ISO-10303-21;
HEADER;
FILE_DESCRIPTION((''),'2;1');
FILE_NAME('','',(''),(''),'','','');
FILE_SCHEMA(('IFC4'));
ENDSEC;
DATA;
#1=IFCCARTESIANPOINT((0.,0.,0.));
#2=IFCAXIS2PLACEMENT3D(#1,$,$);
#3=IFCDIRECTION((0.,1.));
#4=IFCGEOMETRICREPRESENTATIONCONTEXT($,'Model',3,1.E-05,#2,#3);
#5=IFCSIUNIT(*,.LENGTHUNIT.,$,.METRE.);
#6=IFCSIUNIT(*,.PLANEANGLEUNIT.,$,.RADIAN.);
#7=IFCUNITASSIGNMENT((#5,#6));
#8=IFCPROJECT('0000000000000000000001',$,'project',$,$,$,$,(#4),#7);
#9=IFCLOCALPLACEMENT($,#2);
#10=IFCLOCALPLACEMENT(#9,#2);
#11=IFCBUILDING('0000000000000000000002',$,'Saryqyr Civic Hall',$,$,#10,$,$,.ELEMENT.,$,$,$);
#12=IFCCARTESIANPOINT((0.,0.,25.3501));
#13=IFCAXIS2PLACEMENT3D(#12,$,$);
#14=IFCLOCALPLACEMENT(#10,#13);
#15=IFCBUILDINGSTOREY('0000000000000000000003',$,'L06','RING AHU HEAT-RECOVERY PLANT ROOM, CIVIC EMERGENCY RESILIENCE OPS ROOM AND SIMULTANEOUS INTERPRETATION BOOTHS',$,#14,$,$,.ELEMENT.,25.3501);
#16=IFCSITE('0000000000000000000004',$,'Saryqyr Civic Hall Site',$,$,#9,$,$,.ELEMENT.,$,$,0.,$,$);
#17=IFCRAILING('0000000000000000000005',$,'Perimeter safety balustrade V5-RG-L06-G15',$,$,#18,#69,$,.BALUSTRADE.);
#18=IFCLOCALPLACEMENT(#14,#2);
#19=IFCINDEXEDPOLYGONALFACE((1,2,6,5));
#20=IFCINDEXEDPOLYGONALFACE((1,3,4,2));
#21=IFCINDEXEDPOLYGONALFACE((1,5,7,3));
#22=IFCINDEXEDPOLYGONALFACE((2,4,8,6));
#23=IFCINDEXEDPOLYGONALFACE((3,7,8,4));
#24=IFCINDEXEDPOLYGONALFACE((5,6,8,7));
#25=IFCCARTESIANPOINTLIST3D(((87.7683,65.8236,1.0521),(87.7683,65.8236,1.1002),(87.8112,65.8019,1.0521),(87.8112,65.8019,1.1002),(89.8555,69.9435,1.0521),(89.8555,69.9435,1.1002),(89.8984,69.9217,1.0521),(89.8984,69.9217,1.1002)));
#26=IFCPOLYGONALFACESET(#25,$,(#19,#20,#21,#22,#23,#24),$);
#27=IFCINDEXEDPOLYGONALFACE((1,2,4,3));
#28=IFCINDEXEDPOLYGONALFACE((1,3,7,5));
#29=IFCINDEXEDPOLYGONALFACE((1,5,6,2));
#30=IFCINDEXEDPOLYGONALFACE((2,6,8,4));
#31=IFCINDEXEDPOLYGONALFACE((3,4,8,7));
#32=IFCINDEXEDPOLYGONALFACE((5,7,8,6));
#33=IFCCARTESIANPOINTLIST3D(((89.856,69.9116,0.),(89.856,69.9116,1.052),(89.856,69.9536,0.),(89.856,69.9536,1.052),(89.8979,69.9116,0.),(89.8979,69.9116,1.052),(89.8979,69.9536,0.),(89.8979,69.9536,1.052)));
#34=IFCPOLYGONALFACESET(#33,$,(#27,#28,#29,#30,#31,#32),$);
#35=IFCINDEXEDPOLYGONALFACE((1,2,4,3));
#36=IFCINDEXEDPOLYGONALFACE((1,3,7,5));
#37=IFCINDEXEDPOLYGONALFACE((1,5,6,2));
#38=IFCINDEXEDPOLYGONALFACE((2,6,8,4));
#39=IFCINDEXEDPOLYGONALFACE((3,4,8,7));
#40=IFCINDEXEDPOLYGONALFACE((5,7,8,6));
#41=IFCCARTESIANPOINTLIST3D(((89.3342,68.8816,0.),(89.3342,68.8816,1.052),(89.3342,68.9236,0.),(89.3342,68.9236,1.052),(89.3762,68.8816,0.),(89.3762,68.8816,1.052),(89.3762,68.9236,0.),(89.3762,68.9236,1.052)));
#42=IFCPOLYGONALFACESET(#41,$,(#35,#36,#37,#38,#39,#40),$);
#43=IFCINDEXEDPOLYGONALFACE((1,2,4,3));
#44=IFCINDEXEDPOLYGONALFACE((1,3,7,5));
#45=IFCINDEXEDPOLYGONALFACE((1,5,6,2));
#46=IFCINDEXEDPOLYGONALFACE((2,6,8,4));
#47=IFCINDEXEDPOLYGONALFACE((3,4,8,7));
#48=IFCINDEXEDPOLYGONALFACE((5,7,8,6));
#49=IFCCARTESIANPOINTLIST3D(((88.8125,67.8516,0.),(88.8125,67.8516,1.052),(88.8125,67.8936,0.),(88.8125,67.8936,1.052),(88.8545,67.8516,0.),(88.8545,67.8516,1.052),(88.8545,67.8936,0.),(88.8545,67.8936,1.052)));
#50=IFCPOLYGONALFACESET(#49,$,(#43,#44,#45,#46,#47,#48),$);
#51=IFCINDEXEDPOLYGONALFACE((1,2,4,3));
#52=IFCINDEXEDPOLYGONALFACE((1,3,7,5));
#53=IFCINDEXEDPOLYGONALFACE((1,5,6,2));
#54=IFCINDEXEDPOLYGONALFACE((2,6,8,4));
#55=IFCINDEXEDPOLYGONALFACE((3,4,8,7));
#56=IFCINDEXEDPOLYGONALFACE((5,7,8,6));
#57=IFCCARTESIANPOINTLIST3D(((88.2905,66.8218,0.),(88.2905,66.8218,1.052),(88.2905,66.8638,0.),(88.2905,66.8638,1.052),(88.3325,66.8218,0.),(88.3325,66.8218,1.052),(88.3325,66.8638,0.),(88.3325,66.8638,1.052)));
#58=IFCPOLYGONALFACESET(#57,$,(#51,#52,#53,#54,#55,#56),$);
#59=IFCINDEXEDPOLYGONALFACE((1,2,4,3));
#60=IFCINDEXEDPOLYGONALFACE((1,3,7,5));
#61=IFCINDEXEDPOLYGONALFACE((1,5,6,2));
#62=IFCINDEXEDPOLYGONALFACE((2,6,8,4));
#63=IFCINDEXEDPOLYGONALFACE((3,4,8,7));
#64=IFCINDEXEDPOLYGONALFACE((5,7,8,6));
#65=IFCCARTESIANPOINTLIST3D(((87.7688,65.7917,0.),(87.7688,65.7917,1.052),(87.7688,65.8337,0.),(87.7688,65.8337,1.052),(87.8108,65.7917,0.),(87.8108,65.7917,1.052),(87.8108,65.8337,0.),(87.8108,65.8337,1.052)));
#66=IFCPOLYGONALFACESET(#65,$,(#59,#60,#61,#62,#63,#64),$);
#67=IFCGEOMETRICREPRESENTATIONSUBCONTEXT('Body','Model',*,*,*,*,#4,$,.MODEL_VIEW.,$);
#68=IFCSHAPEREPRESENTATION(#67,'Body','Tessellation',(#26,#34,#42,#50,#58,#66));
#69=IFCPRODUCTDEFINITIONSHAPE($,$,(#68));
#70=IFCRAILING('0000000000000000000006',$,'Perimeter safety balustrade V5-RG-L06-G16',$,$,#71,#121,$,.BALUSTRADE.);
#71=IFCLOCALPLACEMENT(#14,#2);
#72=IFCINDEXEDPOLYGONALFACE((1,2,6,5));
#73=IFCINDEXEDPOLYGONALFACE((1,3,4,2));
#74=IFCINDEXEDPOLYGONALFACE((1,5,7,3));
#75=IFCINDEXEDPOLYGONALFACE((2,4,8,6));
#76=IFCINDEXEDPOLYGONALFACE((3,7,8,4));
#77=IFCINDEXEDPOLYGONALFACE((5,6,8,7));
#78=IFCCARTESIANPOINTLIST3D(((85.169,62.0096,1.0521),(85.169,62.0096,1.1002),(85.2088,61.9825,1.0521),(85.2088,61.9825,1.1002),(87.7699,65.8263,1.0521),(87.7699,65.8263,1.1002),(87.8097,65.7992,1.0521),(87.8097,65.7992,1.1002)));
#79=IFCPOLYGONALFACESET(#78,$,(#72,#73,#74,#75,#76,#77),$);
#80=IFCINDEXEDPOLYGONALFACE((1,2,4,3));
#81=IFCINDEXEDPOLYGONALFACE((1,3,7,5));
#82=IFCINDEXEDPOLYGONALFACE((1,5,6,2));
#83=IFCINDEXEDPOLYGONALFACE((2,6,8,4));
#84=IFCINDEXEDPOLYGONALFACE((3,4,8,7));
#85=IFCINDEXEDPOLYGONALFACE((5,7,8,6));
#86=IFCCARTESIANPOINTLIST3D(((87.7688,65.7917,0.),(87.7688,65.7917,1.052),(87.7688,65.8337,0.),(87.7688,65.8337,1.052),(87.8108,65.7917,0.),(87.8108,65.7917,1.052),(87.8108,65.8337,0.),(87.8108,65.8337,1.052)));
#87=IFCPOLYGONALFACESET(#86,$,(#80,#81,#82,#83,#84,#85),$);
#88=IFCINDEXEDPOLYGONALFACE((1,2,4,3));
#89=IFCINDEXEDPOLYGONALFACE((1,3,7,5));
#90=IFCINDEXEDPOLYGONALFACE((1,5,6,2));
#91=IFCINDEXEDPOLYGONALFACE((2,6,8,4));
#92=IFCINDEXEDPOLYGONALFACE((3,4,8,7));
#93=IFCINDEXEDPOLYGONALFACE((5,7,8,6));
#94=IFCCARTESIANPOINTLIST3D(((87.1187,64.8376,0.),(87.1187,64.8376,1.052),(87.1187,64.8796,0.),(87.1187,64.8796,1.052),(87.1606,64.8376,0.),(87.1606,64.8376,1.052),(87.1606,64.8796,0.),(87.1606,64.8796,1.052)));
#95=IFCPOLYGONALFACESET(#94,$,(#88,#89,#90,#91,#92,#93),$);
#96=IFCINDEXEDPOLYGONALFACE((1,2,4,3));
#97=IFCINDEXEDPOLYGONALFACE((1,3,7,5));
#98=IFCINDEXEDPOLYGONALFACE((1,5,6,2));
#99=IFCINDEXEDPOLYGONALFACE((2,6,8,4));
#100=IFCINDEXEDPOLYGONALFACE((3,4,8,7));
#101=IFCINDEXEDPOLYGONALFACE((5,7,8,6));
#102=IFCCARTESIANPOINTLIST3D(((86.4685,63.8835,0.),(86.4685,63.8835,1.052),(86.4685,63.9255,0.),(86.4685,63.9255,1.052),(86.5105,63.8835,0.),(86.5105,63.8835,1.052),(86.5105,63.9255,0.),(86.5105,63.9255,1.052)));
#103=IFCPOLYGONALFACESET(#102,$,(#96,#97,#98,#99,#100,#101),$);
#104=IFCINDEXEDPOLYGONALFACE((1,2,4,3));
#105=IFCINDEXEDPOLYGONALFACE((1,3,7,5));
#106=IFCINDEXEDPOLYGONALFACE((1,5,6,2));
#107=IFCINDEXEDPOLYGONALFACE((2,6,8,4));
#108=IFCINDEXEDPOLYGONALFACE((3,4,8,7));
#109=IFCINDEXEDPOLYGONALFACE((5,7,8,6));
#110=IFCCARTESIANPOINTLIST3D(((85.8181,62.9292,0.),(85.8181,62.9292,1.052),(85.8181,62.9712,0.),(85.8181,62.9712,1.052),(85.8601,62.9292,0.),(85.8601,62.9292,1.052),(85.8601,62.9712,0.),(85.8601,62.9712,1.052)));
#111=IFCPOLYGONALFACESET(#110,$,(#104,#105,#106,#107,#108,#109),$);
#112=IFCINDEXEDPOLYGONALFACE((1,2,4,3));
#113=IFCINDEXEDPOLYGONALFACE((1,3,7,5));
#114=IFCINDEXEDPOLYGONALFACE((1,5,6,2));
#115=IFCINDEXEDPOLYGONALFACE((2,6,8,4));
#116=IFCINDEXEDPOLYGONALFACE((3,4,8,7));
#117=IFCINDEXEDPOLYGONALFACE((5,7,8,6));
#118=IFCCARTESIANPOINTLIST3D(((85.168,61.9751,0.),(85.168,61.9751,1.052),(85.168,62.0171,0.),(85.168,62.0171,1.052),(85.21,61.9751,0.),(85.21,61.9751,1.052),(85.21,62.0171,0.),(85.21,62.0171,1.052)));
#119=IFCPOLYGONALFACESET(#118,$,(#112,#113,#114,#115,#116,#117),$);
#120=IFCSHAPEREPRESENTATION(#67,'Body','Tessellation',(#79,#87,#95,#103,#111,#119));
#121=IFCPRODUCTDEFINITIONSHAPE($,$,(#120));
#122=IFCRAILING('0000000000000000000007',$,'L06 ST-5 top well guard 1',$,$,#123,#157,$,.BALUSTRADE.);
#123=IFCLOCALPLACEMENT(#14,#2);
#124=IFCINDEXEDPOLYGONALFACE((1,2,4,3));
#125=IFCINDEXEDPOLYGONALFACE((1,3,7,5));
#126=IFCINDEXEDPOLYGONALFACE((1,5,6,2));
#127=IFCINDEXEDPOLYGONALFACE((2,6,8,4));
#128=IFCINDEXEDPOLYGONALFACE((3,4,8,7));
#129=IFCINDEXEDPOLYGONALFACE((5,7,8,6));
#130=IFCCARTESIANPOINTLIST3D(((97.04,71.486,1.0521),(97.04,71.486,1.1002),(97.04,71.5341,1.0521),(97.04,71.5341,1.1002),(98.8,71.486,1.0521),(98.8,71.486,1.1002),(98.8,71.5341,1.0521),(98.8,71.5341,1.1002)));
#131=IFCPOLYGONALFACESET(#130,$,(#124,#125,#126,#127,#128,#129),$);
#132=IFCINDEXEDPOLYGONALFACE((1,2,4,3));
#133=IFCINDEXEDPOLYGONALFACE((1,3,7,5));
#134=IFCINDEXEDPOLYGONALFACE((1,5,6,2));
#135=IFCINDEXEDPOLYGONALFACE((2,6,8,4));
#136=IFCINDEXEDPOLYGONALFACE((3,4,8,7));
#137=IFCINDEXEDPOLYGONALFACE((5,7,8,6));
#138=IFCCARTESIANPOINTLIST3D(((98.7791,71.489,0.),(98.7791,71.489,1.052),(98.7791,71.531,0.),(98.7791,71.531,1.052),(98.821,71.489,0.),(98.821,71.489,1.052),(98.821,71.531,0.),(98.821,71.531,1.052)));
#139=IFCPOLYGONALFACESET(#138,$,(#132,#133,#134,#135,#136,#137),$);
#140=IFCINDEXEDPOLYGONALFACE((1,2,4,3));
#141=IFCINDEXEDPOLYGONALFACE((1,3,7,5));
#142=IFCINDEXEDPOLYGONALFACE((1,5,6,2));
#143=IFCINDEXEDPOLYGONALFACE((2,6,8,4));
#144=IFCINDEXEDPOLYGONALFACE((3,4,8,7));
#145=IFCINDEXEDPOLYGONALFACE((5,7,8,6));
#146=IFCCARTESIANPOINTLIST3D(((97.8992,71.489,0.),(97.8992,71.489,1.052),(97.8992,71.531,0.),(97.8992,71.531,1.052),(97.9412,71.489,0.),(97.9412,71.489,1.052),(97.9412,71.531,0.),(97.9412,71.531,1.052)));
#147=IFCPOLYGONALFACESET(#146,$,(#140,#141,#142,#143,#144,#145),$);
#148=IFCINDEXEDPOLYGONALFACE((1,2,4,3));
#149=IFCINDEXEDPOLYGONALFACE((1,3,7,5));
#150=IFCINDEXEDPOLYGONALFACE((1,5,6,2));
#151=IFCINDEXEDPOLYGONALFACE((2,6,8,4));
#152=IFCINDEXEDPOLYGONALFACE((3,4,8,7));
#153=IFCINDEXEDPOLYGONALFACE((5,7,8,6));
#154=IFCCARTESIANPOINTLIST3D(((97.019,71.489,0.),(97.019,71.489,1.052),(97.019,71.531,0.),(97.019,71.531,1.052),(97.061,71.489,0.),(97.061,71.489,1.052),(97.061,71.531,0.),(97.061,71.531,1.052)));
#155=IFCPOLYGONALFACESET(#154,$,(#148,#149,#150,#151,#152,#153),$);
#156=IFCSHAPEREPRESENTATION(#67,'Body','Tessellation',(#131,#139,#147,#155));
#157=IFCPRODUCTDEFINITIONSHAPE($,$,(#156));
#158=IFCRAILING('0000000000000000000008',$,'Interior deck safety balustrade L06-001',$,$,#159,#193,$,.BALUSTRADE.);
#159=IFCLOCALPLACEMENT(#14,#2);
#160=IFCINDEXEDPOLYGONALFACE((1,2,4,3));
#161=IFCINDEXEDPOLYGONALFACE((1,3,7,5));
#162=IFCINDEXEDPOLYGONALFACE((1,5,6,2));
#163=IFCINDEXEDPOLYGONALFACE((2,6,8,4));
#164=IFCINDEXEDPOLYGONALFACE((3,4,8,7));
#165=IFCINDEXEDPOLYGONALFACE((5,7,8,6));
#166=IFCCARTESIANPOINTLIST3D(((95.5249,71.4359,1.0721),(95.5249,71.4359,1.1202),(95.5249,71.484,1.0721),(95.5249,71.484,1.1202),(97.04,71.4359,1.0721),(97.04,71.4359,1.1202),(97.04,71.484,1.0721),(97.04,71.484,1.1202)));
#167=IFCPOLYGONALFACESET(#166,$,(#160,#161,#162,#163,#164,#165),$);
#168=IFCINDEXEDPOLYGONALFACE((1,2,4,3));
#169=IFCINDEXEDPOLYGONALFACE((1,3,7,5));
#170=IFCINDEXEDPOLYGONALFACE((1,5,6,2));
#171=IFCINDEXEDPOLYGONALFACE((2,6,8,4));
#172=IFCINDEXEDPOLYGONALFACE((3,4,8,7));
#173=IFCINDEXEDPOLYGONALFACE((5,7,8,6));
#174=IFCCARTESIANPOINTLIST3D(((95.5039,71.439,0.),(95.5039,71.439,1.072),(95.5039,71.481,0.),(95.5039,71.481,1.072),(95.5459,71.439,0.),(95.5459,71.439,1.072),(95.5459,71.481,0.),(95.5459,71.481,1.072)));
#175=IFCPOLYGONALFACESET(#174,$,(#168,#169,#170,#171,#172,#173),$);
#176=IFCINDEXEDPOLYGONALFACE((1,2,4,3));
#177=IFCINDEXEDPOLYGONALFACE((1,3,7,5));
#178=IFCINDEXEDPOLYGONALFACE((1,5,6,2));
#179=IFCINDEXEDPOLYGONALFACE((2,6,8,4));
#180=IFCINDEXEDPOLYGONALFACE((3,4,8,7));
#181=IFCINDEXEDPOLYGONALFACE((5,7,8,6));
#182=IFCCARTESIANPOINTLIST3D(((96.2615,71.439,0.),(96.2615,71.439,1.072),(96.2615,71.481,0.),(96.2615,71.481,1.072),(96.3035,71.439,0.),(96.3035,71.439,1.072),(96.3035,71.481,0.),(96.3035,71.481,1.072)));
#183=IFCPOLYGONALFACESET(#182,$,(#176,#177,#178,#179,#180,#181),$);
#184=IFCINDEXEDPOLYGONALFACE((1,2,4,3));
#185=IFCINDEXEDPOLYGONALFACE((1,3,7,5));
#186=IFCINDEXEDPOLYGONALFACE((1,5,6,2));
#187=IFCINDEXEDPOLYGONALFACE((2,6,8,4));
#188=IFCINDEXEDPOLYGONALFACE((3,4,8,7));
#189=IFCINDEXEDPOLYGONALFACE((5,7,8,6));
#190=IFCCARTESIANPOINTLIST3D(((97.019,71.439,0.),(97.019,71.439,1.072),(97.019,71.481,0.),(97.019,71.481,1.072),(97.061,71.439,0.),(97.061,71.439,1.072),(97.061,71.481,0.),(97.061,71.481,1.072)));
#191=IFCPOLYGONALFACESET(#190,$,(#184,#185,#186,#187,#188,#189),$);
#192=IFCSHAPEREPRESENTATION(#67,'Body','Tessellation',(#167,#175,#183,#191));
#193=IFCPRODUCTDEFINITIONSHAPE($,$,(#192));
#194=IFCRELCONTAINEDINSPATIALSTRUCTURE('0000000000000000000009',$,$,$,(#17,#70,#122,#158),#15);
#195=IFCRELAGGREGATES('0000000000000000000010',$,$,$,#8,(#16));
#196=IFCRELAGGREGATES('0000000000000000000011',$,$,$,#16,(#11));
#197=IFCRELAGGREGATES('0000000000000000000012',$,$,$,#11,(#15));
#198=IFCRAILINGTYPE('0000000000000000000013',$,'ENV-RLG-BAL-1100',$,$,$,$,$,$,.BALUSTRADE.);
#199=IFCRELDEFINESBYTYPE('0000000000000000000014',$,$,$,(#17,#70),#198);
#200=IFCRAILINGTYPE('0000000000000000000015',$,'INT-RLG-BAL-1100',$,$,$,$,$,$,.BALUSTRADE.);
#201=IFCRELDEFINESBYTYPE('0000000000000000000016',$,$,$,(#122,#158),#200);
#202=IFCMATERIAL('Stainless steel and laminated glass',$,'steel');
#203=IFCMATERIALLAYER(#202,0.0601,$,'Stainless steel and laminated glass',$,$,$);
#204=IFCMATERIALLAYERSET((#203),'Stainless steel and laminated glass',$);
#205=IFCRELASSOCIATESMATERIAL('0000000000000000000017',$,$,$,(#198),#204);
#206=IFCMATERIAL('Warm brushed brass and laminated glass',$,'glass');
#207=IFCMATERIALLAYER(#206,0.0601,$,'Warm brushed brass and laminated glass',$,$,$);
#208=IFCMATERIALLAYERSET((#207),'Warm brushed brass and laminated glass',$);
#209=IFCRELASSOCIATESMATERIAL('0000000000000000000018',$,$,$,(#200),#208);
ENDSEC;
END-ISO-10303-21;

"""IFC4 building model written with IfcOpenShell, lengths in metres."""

from ifc_helpers import new_model, si_unit, direction, frame, origin, origin_2d, place, context, subcontext, project, spatial, rectangle, extrude, material, layer, layer_set, type_object, element, save


model = new_model("IFC4")

# Units and contexts
model_context = context("Model", 3, precision=1e-05, world=origin(), true_north=direction((0.0, 1.0)))
body_context = subcontext(model_context, "Body", "Model", "MODEL_VIEW")
ifc_project = project(units=[si_unit("LENGTHUNIT", "METRE"), si_unit("PLANEANGLEUNIT", "RADIAN")], contexts=[model_context])

# Site, building, storey
site_placement = place(None, origin())
site = spatial("IfcSite", under=ifc_project, at=site_placement, Name="Saryqyr Civic Hall Site", CompositionType="ELEMENT", RefElevation=0.0)
building_placement = place(site_placement, origin())
building = spatial("IfcBuilding", under=site, at=building_placement, Name="Saryqyr Civic Hall", CompositionType="ELEMENT")
storey_placement = place(building_placement, frame((0.0, 0.0, 25.3501)))
storey = spatial("IfcBuildingStorey", under=building, at=storey_placement, Name="L06", Description="RING AHU HEAT-RECOVERY PLANT ROOM, CIVIC EMERGENCY RESILIENCE OPS ROOM AND SIMULTANEOUS INTERPRETATION BOOTHS", CompositionType="ELEMENT", Elevation=25.3501)

# Railings
ifc_material_1 = material(Name="Stainless steel and laminated glass", Category="steel")
ifc_layer_1 = layer(ifc_material_1, 0.0601, Name="Stainless steel and laminated glass")
ifc_layer_set_1 = layer_set([ifc_layer_1], Name="Stainless steel and laminated glass")
railing_type_1 = type_object("IfcRailingType", Name="ENV-RLG-BAL-1100", PredefinedType="BALUSTRADE", material=ifc_layer_set_1)
railing_1_placement = place(storey_placement, frame((89.877, 69.9326, 0.0)))
element("IfcRailing", 1, at=railing_1_placement, inside=storey, type_object=railing_type_1, Name="Perimeter safety balustrade V5-RG-L06-G15", PredefinedType="BALUSTRADE", context=body_context, shape_type="SweptSolid", body=[
    extrude(rectangle(XDim=0.0481, YDim=0.0481, at=origin_2d()), frame((0.0, 0.0, 1.0762), z_axis=(-0.451923, -0.892057, 0.0), x_axis=(0.892057, -0.451923, 0.0)), (0.0, 0.0, 1.0), 4.6184),
    extrude(rectangle(XDim=0.042, YDim=0.042, at=origin_2d()), origin(), (0.0, 0.0, 1.0), 1.052),
    extrude(rectangle(XDim=0.042, YDim=0.042, at=origin_2d()), frame((-0.5217, -1.03, 0.0)), (0.0, 0.0, 1.0), 1.052),
    extrude(rectangle(XDim=0.042, YDim=0.042, at=origin_2d()), frame((-1.0435, -2.0601, 0.0)), (0.0, 0.0, 1.0), 1.052),
    extrude(rectangle(XDim=0.042, YDim=0.042, at=origin_2d()), frame((-1.5654, -3.0898, 0.0)), (0.0, 0.0, 1.0), 1.052),
    extrude(rectangle(XDim=0.042, YDim=0.042, at=origin_2d()), frame((-2.0872, -4.1199, 0.0)), (0.0, 0.0, 1.0), 1.052),
])
railing_2_placement = place(storey_placement, frame((87.7898, 65.8127, 0.0)))
element("IfcRailing", 2, at=railing_2_placement, inside=storey, type_object=railing_type_1, Name="Perimeter safety balustrade V5-RG-L06-G16", PredefinedType="BALUSTRADE", context=body_context, shape_type="SweptSolid", body=[
    extrude(rectangle(XDim=0.0481, YDim=0.0481, at=origin_2d()), frame((0.0, 0.0, 1.0762), z_axis=(-0.563125, -0.826372, 0.0), x_axis=(0.826372, -0.563125, 0.0)), (0.0, 0.0, 1.0), 4.6187),
    extrude(rectangle(XDim=0.042, YDim=0.042, at=origin_2d()), origin(), (0.0, 0.0, 1.0), 1.052),
    extrude(rectangle(XDim=0.042, YDim=0.042, at=origin_2d()), frame((-0.6501, -0.9541, 0.0)), (0.0, 0.0, 1.0), 1.052),
    extrude(rectangle(XDim=0.042, YDim=0.042, at=origin_2d()), frame((-1.3003, -1.9082, 0.0)), (0.0, 0.0, 1.0), 1.052),
    extrude(rectangle(XDim=0.042, YDim=0.042, at=origin_2d()), frame((-1.9507, -2.8625, 0.0)), (0.0, 0.0, 1.0), 1.052),
    extrude(rectangle(XDim=0.042, YDim=0.042, at=origin_2d()), frame((-2.6008, -3.8167, 0.0)), (0.0, 0.0, 1.0), 1.052),
])
ifc_material_2 = material(Name="Warm brushed brass and laminated glass", Category="glass")
ifc_layer_2 = layer(ifc_material_2, 0.0601, Name="Warm brushed brass and laminated glass")
ifc_layer_set_2 = layer_set([ifc_layer_2], Name="Warm brushed brass and laminated glass")
railing_type_2 = type_object("IfcRailingType", Name="INT-RLG-BAL-1100", PredefinedType="BALUSTRADE", material=ifc_layer_set_2)
railing_3_placement = place(storey_placement, frame((98.8, 71.51, 0.0)))
element("IfcRailing", 3, at=railing_3_placement, inside=storey, type_object=railing_type_2, Name="L06 ST-5 top well guard 1", PredefinedType="BALUSTRADE", context=body_context, shape_type="SweptSolid", body=[
    extrude(rectangle(XDim=0.0481, YDim=0.0481, at=origin_2d()), frame((0.0, 0.0, 1.0762), z_axis=(-1.0, 0.0, 0.0), x_axis=(0.0, -1.0, 0.0)), (0.0, 0.0, 1.0), 1.76),
    extrude(rectangle(XDim=0.042, YDim=0.042, at=origin_2d()), origin(), (0.0, 0.0, 1.0), 1.052),
    extrude(rectangle(XDim=0.042, YDim=0.042, at=origin_2d()), frame((-0.8799, 0.0, 0.0)), (0.0, 0.0, 1.0), 1.052),
    extrude(rectangle(XDim=0.042, YDim=0.042, at=origin_2d()), frame((-1.76, 0.0, 0.0)), (0.0, 0.0, 1.0), 1.052),
])
railing_4_placement = place(storey_placement, frame((95.5249, 71.46, 0.0)))
element("IfcRailing", 4, at=railing_4_placement, inside=storey, type_object=railing_type_2, Name="Interior deck safety balustrade L06-001", PredefinedType="BALUSTRADE", context=body_context, shape_type="SweptSolid", body=[
    extrude(rectangle(XDim=0.0481, YDim=0.0481, at=origin_2d()), frame((0.0, 0.0, 1.0962), z_axis=(1.0, 0.0, 0.0), x_axis=(0.0, 1.0, 0.0)), (0.0, 0.0, 1.0), 1.5151),
    extrude(rectangle(XDim=0.042, YDim=0.042, at=origin_2d()), origin(), (0.0, 0.0, 1.0), 1.072),
    extrude(rectangle(XDim=0.042, YDim=0.042, at=origin_2d()), frame((0.7576, 0.0, 0.0)), (0.0, 0.0, 1.0), 1.072),
    extrude(rectangle(XDim=0.042, YDim=0.042, at=origin_2d()), frame((1.5151, 0.0, 0.0)), (0.0, 0.0, 1.0), 1.072),
])

save(model, "model.ifc")
